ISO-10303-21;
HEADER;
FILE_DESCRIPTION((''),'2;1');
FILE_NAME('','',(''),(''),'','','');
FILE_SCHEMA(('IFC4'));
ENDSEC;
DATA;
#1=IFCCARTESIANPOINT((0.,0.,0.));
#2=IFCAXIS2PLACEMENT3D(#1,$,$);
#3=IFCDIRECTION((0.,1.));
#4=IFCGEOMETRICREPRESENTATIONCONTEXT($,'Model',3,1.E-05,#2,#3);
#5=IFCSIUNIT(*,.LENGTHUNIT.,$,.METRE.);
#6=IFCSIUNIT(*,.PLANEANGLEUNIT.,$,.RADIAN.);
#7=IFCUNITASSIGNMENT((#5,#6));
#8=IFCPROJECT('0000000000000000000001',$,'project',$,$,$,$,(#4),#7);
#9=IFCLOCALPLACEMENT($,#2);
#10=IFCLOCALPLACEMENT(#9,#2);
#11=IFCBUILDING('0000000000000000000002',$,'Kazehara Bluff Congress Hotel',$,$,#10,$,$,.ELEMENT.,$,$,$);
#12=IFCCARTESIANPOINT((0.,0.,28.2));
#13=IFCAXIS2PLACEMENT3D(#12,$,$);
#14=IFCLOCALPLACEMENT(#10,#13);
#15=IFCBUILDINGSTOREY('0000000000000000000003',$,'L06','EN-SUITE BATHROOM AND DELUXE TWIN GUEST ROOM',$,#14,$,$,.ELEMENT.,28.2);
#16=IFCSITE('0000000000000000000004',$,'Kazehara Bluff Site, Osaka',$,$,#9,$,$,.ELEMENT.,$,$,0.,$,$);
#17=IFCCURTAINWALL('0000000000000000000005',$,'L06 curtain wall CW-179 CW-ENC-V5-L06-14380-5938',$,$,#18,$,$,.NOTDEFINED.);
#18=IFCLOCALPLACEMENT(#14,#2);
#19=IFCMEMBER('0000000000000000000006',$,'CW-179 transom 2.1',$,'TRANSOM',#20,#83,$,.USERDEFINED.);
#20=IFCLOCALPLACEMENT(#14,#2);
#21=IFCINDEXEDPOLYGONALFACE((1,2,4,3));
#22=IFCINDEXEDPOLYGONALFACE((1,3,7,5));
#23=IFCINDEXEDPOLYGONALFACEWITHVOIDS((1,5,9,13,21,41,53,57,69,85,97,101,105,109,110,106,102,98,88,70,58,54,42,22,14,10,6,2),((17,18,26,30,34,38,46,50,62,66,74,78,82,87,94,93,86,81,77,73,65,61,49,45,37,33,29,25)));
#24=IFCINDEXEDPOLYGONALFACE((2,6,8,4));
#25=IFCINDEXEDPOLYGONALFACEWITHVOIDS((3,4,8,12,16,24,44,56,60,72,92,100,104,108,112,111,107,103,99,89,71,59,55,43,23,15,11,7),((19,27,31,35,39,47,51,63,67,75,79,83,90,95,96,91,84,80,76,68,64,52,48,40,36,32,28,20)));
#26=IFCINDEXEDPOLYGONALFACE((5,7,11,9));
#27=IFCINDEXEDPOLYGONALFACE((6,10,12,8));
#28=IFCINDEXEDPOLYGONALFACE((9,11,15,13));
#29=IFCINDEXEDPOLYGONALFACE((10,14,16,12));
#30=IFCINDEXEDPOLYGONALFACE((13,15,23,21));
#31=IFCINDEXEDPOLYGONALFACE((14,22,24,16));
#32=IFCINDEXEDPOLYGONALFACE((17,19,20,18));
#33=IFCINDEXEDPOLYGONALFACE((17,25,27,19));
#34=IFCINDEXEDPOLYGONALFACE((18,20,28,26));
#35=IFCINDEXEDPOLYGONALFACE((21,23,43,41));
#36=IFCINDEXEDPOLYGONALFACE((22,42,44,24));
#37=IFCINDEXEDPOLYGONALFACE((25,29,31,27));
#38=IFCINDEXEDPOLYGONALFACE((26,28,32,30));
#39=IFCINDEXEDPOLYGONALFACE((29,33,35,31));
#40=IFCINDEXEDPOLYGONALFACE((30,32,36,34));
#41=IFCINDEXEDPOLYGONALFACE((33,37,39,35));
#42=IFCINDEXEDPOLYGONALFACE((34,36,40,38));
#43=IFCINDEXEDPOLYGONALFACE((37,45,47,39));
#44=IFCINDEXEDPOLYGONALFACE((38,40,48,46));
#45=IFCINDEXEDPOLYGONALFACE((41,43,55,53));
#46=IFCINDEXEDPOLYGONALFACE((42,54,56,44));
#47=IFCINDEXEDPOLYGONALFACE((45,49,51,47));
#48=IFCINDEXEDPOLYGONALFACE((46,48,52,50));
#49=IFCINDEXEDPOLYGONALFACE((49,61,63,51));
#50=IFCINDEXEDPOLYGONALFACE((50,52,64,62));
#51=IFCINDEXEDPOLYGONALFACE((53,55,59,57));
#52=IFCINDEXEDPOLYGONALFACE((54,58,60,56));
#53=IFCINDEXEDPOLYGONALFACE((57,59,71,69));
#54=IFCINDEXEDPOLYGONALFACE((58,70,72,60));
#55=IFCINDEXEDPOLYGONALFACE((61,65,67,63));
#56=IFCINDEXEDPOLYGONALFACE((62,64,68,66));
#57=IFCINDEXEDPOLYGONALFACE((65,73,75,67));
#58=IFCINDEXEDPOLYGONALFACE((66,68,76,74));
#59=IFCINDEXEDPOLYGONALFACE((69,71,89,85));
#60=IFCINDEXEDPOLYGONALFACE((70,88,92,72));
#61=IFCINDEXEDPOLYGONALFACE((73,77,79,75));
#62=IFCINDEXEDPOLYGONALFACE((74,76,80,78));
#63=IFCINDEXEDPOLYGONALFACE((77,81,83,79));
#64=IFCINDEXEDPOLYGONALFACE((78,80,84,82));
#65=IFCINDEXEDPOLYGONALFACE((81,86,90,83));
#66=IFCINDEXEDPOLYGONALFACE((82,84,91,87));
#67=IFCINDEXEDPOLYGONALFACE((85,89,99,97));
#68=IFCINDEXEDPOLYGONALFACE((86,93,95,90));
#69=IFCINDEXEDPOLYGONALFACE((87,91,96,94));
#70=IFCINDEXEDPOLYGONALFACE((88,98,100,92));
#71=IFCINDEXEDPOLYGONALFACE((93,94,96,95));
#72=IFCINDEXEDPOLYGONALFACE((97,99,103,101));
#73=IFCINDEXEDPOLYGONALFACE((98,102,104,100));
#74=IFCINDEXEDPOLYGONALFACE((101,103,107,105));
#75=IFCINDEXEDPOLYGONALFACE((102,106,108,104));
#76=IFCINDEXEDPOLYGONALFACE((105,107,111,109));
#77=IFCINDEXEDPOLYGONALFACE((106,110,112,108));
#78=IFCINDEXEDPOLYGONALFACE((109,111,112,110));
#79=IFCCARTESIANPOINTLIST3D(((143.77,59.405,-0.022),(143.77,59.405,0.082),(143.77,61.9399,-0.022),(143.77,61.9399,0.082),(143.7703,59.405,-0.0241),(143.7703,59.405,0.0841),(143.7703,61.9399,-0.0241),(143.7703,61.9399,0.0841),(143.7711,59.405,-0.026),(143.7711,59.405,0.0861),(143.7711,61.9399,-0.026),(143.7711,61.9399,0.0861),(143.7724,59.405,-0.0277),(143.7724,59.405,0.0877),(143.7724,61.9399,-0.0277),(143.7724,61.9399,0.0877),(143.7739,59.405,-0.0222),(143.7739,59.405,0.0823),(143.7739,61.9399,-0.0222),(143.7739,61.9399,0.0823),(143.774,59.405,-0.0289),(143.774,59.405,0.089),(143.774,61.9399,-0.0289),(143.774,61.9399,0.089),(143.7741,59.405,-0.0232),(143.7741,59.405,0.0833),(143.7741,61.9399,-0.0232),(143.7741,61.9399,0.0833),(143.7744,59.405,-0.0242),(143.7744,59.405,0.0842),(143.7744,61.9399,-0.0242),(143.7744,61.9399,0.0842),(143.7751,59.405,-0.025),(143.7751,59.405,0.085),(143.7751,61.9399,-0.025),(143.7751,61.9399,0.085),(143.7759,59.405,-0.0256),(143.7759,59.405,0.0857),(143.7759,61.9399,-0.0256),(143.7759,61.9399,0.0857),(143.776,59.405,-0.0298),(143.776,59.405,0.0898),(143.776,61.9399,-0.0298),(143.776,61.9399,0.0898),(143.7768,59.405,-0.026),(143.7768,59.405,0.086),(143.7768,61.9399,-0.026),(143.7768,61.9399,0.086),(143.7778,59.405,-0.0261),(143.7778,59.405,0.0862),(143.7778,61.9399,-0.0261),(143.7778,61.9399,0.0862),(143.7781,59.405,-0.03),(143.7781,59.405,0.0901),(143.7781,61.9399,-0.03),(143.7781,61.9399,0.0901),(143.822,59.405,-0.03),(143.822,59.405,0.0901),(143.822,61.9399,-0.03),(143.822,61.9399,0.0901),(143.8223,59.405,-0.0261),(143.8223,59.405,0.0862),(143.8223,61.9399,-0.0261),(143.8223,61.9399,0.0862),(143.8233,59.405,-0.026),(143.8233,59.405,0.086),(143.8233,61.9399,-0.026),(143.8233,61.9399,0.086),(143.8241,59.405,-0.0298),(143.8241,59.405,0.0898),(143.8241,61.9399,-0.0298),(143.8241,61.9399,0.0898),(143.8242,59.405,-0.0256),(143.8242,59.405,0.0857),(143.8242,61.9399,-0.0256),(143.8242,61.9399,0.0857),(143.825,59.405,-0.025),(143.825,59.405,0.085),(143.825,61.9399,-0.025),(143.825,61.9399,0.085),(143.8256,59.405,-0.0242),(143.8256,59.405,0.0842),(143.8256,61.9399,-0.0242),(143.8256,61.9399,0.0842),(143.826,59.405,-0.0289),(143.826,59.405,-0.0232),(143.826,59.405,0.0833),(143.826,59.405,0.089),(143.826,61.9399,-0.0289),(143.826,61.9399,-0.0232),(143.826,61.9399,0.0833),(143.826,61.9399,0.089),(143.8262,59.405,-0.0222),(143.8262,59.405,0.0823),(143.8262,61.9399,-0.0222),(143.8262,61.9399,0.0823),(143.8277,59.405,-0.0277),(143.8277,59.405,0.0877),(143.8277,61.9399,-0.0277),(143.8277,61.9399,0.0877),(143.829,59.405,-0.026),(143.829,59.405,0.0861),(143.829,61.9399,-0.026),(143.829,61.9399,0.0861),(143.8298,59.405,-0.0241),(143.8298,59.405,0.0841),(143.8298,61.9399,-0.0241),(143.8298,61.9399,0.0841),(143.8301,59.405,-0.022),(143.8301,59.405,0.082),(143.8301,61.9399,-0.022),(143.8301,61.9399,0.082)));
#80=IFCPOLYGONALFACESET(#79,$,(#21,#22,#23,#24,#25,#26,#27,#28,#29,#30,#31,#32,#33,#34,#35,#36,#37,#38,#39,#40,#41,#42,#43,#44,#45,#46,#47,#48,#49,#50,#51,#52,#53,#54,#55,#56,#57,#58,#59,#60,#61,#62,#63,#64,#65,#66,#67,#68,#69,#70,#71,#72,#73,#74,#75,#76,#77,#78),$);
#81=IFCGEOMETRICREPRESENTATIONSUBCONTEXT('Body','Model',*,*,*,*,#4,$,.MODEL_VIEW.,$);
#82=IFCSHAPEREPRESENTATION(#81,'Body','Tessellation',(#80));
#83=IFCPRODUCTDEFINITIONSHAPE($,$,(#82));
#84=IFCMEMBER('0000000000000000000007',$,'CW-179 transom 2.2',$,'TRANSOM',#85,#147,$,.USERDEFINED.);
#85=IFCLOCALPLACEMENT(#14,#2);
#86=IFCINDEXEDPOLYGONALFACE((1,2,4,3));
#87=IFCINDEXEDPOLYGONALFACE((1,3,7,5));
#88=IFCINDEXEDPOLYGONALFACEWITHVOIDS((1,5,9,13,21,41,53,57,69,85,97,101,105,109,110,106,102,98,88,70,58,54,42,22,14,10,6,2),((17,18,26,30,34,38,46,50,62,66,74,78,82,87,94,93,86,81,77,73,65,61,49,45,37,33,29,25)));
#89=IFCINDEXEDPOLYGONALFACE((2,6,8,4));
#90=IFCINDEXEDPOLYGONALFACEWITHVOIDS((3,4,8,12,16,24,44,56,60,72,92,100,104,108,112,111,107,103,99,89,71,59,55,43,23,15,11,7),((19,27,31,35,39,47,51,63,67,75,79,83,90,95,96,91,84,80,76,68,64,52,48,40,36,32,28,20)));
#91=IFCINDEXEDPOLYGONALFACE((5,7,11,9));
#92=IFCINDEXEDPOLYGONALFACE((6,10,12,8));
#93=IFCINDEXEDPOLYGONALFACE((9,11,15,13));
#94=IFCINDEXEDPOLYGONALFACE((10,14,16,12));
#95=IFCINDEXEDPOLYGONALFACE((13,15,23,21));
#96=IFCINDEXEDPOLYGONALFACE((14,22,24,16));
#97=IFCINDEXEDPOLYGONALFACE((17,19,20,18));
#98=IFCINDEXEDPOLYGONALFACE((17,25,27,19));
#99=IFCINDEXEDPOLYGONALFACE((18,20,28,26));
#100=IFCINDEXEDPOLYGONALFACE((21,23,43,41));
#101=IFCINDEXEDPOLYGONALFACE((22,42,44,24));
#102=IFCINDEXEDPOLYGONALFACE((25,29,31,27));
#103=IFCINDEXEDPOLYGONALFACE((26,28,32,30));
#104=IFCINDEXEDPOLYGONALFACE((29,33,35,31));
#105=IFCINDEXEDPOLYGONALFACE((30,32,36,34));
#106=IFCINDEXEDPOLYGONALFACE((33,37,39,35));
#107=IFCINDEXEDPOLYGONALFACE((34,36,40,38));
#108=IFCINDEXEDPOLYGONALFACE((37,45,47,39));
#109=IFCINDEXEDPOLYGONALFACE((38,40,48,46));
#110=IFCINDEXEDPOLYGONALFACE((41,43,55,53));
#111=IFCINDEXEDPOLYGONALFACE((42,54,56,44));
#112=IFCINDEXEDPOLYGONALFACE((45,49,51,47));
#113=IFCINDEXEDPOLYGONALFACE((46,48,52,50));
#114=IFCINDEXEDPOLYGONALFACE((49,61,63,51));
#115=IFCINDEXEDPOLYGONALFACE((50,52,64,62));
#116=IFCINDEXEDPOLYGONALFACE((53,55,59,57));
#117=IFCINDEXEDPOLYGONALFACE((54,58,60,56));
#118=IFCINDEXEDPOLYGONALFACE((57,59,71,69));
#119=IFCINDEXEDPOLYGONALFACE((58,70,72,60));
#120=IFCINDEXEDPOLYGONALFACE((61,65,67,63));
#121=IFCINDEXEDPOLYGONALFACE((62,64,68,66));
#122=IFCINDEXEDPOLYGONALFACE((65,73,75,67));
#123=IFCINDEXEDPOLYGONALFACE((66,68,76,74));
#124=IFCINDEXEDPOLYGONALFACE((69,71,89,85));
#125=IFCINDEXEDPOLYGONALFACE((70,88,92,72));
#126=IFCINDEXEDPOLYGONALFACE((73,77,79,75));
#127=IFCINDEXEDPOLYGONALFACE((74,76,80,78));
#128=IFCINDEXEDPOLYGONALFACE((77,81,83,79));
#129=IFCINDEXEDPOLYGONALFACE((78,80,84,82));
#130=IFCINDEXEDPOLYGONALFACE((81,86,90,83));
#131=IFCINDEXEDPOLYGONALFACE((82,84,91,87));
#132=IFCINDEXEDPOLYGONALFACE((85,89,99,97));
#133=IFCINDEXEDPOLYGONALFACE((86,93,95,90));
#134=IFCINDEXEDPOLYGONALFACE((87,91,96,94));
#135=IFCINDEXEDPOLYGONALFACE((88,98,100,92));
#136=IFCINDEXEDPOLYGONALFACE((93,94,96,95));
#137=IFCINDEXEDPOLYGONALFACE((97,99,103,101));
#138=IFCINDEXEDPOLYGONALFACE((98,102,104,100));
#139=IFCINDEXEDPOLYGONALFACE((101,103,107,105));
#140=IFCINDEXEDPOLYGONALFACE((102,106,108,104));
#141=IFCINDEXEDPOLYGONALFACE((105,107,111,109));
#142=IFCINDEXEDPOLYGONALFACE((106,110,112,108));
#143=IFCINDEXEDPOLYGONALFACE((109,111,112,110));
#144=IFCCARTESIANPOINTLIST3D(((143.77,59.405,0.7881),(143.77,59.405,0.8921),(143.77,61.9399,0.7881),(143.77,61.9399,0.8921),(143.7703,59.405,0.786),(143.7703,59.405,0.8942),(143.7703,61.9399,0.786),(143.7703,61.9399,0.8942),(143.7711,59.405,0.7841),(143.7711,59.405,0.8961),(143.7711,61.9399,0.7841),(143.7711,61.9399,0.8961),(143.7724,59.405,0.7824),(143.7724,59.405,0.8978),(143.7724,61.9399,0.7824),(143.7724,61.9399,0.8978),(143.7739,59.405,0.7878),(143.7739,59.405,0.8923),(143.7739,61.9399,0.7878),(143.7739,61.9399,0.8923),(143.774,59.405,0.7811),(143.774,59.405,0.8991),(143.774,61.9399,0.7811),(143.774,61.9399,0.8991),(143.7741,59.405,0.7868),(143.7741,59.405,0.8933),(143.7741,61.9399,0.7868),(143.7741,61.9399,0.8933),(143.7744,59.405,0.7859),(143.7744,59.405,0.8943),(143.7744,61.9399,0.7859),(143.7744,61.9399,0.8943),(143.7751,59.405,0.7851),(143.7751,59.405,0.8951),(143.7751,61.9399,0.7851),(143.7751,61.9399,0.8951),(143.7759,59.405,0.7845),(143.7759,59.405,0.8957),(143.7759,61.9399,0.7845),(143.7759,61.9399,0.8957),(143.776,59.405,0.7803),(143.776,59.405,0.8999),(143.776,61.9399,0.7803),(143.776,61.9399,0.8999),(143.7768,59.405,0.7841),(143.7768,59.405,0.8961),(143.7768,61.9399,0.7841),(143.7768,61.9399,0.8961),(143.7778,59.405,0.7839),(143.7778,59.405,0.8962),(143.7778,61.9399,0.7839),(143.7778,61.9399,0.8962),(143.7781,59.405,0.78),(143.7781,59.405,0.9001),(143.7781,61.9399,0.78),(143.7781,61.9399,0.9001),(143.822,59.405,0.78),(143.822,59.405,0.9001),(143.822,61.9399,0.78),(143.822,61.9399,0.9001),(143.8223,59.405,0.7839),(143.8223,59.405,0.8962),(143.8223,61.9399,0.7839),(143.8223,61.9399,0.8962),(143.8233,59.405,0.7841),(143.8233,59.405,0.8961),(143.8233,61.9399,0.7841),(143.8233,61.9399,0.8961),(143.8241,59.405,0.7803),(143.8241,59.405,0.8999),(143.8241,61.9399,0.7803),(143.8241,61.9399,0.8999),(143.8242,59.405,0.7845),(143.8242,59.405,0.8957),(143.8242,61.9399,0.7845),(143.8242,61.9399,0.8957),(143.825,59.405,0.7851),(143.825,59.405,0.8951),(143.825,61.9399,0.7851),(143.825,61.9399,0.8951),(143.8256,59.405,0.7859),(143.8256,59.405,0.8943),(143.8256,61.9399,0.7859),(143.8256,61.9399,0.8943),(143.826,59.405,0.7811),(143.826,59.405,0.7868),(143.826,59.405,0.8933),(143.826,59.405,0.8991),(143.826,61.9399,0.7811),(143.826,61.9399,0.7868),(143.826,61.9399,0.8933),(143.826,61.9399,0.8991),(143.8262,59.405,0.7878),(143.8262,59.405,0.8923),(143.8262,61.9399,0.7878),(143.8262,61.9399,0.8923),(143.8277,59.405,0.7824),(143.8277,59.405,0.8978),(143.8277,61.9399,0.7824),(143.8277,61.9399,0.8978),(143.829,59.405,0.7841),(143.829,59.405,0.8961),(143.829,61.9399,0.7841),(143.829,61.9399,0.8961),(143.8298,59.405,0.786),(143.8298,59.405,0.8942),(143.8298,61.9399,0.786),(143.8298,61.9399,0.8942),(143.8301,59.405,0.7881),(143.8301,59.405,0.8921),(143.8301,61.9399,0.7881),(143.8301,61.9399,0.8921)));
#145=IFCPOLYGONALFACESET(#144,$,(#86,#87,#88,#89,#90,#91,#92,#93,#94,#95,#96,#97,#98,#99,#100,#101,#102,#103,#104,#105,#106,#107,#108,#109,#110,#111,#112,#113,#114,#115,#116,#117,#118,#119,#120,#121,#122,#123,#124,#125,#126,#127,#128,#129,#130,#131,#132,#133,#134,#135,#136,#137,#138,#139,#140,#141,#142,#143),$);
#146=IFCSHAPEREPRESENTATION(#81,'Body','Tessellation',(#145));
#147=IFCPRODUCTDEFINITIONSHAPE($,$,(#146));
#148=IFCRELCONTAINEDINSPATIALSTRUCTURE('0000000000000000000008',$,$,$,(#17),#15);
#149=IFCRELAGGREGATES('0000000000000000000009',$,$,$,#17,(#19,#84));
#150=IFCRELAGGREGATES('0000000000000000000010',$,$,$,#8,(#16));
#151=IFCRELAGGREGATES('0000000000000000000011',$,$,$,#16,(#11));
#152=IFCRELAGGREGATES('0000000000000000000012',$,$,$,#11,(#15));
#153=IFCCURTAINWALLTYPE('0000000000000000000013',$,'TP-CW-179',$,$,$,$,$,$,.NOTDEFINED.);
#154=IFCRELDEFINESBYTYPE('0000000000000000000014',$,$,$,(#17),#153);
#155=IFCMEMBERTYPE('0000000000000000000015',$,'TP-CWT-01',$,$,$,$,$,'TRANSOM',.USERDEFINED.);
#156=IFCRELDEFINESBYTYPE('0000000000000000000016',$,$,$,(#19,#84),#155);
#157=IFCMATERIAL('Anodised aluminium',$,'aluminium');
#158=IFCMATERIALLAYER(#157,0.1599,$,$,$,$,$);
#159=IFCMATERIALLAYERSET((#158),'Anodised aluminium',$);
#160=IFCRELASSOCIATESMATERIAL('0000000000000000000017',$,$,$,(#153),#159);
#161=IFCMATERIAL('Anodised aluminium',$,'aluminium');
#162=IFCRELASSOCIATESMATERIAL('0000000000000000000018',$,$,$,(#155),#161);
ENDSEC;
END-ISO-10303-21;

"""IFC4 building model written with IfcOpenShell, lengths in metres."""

from ifc_helpers import new_model, si_unit, direction, frame, origin, origin_2d, place, context, subcontext, project, spatial, hollow_rectangle, extrude, material, layer, layer_set, material_profile, profile_set, type_object, element, aggregate, save


model = new_model("IFC4")

# Units and contexts
model_context = context("Model", 3, precision=1e-05, world=origin(), true_north=direction((0.0, 1.0)))
body_context = subcontext(model_context, "Body", "Model", "MODEL_VIEW")
ifc_project = project(units=[si_unit("LENGTHUNIT", "METRE"), si_unit("PLANEANGLEUNIT", "RADIAN")], contexts=[model_context])

# Site, building, storey
site_placement = place(None, origin())
site = spatial("IfcSite", under=ifc_project, at=site_placement, Name="Kazehara Bluff Site, Osaka", CompositionType="ELEMENT", RefElevation=0.0)
building_placement = place(site_placement, origin())
building = spatial("IfcBuilding", under=site, at=building_placement, Name="Kazehara Bluff Congress Hotel", CompositionType="ELEMENT")
storey_placement = place(building_placement, frame((0.0, 0.0, 28.2)))
storey = spatial("IfcBuildingStorey", under=building, at=storey_placement, Name="L06", Description="EN-SUITE BATHROOM AND DELUXE TWIN GUEST ROOM", CompositionType="ELEMENT", Elevation=28.2)

# Curtain wall, members
ifc_material_1 = material(Name="Anodised aluminium", Category="aluminium")
ifc_layer_1 = layer(ifc_material_1, 0.1599)
ifc_layer_set_1 = layer_set([ifc_layer_1], Name="Anodised aluminium")
curtain_wall_type = type_object("IfcCurtainWallType", Name="TP-CW-179", PredefinedType="NOTDEFINED", material=ifc_layer_set_1)
curtain_wall_placement = place(storey_placement, origin())
curtain_wall = element("IfcCurtainWall", 1, at=curtain_wall_placement, inside=storey, type_object=curtain_wall_type, Name="L06 curtain wall CW-179 CW-ENC-V5-L06-14380-5938", PredefinedType="NOTDEFINED")
ifc_material_2 = material(Name="Anodised aluminium", Category="aluminium")
ifc_material_profile_1 = material_profile(ifc_material_2, hollow_rectangle(XDim=0.0601, YDim=0.1201, WallThickness=0.0039, InnerFilletRadius=0.0039, OuterFilletRadius=0.0081, at=origin_2d()))
ifc_profile_set_1 = profile_set([ifc_material_profile_1], Name="Anodised aluminium")
member_type_1 = type_object("IfcMemberType", Name="TP-CWT-01", ElementType="TRANSOM", PredefinedType="USERDEFINED", material=ifc_profile_set_1)
member_1_placement = place(storey_placement, frame((143.8, 59.405, 0.03), z_axis=(0.0, 1.0, 0.0), x_axis=(-1.0, 0.0, 0.0)))
member_1 = element("IfcMember", 2, at=member_1_placement, type_object=member_type_1, Name="CW-179 transom 2.1", ObjectType="TRANSOM", PredefinedType="USERDEFINED", context=body_context, shape_type="SweptSolid", body=[
    extrude(hollow_rectangle(XDim=0.0601, YDim=0.1201, WallThickness=0.0039, InnerFilletRadius=0.0039, OuterFilletRadius=0.0081, at=origin_2d()), origin(), (0.0, 0.0, 1.0), 2.5349),
])
member_2_placement = place(storey_placement, frame((143.8, 59.405, 0.8401), z_axis=(0.0, 1.0, 0.0), x_axis=(-1.0, 0.0, 0.0)))
member_2 = element("IfcMember", 3, at=member_2_placement, type_object=member_type_1, Name="CW-179 transom 2.2", ObjectType="TRANSOM", PredefinedType="USERDEFINED", context=body_context, shape_type="SweptSolid", body=[
    extrude(hollow_rectangle(XDim=0.0601, YDim=0.1201, WallThickness=0.0039, InnerFilletRadius=0.0039, OuterFilletRadius=0.0081, at=origin_2d()), origin(), (0.0, 0.0, 1.0), 2.5349),
])

aggregate(curtain_wall, [member_1, member_2])

save(model, "model.ifc")
